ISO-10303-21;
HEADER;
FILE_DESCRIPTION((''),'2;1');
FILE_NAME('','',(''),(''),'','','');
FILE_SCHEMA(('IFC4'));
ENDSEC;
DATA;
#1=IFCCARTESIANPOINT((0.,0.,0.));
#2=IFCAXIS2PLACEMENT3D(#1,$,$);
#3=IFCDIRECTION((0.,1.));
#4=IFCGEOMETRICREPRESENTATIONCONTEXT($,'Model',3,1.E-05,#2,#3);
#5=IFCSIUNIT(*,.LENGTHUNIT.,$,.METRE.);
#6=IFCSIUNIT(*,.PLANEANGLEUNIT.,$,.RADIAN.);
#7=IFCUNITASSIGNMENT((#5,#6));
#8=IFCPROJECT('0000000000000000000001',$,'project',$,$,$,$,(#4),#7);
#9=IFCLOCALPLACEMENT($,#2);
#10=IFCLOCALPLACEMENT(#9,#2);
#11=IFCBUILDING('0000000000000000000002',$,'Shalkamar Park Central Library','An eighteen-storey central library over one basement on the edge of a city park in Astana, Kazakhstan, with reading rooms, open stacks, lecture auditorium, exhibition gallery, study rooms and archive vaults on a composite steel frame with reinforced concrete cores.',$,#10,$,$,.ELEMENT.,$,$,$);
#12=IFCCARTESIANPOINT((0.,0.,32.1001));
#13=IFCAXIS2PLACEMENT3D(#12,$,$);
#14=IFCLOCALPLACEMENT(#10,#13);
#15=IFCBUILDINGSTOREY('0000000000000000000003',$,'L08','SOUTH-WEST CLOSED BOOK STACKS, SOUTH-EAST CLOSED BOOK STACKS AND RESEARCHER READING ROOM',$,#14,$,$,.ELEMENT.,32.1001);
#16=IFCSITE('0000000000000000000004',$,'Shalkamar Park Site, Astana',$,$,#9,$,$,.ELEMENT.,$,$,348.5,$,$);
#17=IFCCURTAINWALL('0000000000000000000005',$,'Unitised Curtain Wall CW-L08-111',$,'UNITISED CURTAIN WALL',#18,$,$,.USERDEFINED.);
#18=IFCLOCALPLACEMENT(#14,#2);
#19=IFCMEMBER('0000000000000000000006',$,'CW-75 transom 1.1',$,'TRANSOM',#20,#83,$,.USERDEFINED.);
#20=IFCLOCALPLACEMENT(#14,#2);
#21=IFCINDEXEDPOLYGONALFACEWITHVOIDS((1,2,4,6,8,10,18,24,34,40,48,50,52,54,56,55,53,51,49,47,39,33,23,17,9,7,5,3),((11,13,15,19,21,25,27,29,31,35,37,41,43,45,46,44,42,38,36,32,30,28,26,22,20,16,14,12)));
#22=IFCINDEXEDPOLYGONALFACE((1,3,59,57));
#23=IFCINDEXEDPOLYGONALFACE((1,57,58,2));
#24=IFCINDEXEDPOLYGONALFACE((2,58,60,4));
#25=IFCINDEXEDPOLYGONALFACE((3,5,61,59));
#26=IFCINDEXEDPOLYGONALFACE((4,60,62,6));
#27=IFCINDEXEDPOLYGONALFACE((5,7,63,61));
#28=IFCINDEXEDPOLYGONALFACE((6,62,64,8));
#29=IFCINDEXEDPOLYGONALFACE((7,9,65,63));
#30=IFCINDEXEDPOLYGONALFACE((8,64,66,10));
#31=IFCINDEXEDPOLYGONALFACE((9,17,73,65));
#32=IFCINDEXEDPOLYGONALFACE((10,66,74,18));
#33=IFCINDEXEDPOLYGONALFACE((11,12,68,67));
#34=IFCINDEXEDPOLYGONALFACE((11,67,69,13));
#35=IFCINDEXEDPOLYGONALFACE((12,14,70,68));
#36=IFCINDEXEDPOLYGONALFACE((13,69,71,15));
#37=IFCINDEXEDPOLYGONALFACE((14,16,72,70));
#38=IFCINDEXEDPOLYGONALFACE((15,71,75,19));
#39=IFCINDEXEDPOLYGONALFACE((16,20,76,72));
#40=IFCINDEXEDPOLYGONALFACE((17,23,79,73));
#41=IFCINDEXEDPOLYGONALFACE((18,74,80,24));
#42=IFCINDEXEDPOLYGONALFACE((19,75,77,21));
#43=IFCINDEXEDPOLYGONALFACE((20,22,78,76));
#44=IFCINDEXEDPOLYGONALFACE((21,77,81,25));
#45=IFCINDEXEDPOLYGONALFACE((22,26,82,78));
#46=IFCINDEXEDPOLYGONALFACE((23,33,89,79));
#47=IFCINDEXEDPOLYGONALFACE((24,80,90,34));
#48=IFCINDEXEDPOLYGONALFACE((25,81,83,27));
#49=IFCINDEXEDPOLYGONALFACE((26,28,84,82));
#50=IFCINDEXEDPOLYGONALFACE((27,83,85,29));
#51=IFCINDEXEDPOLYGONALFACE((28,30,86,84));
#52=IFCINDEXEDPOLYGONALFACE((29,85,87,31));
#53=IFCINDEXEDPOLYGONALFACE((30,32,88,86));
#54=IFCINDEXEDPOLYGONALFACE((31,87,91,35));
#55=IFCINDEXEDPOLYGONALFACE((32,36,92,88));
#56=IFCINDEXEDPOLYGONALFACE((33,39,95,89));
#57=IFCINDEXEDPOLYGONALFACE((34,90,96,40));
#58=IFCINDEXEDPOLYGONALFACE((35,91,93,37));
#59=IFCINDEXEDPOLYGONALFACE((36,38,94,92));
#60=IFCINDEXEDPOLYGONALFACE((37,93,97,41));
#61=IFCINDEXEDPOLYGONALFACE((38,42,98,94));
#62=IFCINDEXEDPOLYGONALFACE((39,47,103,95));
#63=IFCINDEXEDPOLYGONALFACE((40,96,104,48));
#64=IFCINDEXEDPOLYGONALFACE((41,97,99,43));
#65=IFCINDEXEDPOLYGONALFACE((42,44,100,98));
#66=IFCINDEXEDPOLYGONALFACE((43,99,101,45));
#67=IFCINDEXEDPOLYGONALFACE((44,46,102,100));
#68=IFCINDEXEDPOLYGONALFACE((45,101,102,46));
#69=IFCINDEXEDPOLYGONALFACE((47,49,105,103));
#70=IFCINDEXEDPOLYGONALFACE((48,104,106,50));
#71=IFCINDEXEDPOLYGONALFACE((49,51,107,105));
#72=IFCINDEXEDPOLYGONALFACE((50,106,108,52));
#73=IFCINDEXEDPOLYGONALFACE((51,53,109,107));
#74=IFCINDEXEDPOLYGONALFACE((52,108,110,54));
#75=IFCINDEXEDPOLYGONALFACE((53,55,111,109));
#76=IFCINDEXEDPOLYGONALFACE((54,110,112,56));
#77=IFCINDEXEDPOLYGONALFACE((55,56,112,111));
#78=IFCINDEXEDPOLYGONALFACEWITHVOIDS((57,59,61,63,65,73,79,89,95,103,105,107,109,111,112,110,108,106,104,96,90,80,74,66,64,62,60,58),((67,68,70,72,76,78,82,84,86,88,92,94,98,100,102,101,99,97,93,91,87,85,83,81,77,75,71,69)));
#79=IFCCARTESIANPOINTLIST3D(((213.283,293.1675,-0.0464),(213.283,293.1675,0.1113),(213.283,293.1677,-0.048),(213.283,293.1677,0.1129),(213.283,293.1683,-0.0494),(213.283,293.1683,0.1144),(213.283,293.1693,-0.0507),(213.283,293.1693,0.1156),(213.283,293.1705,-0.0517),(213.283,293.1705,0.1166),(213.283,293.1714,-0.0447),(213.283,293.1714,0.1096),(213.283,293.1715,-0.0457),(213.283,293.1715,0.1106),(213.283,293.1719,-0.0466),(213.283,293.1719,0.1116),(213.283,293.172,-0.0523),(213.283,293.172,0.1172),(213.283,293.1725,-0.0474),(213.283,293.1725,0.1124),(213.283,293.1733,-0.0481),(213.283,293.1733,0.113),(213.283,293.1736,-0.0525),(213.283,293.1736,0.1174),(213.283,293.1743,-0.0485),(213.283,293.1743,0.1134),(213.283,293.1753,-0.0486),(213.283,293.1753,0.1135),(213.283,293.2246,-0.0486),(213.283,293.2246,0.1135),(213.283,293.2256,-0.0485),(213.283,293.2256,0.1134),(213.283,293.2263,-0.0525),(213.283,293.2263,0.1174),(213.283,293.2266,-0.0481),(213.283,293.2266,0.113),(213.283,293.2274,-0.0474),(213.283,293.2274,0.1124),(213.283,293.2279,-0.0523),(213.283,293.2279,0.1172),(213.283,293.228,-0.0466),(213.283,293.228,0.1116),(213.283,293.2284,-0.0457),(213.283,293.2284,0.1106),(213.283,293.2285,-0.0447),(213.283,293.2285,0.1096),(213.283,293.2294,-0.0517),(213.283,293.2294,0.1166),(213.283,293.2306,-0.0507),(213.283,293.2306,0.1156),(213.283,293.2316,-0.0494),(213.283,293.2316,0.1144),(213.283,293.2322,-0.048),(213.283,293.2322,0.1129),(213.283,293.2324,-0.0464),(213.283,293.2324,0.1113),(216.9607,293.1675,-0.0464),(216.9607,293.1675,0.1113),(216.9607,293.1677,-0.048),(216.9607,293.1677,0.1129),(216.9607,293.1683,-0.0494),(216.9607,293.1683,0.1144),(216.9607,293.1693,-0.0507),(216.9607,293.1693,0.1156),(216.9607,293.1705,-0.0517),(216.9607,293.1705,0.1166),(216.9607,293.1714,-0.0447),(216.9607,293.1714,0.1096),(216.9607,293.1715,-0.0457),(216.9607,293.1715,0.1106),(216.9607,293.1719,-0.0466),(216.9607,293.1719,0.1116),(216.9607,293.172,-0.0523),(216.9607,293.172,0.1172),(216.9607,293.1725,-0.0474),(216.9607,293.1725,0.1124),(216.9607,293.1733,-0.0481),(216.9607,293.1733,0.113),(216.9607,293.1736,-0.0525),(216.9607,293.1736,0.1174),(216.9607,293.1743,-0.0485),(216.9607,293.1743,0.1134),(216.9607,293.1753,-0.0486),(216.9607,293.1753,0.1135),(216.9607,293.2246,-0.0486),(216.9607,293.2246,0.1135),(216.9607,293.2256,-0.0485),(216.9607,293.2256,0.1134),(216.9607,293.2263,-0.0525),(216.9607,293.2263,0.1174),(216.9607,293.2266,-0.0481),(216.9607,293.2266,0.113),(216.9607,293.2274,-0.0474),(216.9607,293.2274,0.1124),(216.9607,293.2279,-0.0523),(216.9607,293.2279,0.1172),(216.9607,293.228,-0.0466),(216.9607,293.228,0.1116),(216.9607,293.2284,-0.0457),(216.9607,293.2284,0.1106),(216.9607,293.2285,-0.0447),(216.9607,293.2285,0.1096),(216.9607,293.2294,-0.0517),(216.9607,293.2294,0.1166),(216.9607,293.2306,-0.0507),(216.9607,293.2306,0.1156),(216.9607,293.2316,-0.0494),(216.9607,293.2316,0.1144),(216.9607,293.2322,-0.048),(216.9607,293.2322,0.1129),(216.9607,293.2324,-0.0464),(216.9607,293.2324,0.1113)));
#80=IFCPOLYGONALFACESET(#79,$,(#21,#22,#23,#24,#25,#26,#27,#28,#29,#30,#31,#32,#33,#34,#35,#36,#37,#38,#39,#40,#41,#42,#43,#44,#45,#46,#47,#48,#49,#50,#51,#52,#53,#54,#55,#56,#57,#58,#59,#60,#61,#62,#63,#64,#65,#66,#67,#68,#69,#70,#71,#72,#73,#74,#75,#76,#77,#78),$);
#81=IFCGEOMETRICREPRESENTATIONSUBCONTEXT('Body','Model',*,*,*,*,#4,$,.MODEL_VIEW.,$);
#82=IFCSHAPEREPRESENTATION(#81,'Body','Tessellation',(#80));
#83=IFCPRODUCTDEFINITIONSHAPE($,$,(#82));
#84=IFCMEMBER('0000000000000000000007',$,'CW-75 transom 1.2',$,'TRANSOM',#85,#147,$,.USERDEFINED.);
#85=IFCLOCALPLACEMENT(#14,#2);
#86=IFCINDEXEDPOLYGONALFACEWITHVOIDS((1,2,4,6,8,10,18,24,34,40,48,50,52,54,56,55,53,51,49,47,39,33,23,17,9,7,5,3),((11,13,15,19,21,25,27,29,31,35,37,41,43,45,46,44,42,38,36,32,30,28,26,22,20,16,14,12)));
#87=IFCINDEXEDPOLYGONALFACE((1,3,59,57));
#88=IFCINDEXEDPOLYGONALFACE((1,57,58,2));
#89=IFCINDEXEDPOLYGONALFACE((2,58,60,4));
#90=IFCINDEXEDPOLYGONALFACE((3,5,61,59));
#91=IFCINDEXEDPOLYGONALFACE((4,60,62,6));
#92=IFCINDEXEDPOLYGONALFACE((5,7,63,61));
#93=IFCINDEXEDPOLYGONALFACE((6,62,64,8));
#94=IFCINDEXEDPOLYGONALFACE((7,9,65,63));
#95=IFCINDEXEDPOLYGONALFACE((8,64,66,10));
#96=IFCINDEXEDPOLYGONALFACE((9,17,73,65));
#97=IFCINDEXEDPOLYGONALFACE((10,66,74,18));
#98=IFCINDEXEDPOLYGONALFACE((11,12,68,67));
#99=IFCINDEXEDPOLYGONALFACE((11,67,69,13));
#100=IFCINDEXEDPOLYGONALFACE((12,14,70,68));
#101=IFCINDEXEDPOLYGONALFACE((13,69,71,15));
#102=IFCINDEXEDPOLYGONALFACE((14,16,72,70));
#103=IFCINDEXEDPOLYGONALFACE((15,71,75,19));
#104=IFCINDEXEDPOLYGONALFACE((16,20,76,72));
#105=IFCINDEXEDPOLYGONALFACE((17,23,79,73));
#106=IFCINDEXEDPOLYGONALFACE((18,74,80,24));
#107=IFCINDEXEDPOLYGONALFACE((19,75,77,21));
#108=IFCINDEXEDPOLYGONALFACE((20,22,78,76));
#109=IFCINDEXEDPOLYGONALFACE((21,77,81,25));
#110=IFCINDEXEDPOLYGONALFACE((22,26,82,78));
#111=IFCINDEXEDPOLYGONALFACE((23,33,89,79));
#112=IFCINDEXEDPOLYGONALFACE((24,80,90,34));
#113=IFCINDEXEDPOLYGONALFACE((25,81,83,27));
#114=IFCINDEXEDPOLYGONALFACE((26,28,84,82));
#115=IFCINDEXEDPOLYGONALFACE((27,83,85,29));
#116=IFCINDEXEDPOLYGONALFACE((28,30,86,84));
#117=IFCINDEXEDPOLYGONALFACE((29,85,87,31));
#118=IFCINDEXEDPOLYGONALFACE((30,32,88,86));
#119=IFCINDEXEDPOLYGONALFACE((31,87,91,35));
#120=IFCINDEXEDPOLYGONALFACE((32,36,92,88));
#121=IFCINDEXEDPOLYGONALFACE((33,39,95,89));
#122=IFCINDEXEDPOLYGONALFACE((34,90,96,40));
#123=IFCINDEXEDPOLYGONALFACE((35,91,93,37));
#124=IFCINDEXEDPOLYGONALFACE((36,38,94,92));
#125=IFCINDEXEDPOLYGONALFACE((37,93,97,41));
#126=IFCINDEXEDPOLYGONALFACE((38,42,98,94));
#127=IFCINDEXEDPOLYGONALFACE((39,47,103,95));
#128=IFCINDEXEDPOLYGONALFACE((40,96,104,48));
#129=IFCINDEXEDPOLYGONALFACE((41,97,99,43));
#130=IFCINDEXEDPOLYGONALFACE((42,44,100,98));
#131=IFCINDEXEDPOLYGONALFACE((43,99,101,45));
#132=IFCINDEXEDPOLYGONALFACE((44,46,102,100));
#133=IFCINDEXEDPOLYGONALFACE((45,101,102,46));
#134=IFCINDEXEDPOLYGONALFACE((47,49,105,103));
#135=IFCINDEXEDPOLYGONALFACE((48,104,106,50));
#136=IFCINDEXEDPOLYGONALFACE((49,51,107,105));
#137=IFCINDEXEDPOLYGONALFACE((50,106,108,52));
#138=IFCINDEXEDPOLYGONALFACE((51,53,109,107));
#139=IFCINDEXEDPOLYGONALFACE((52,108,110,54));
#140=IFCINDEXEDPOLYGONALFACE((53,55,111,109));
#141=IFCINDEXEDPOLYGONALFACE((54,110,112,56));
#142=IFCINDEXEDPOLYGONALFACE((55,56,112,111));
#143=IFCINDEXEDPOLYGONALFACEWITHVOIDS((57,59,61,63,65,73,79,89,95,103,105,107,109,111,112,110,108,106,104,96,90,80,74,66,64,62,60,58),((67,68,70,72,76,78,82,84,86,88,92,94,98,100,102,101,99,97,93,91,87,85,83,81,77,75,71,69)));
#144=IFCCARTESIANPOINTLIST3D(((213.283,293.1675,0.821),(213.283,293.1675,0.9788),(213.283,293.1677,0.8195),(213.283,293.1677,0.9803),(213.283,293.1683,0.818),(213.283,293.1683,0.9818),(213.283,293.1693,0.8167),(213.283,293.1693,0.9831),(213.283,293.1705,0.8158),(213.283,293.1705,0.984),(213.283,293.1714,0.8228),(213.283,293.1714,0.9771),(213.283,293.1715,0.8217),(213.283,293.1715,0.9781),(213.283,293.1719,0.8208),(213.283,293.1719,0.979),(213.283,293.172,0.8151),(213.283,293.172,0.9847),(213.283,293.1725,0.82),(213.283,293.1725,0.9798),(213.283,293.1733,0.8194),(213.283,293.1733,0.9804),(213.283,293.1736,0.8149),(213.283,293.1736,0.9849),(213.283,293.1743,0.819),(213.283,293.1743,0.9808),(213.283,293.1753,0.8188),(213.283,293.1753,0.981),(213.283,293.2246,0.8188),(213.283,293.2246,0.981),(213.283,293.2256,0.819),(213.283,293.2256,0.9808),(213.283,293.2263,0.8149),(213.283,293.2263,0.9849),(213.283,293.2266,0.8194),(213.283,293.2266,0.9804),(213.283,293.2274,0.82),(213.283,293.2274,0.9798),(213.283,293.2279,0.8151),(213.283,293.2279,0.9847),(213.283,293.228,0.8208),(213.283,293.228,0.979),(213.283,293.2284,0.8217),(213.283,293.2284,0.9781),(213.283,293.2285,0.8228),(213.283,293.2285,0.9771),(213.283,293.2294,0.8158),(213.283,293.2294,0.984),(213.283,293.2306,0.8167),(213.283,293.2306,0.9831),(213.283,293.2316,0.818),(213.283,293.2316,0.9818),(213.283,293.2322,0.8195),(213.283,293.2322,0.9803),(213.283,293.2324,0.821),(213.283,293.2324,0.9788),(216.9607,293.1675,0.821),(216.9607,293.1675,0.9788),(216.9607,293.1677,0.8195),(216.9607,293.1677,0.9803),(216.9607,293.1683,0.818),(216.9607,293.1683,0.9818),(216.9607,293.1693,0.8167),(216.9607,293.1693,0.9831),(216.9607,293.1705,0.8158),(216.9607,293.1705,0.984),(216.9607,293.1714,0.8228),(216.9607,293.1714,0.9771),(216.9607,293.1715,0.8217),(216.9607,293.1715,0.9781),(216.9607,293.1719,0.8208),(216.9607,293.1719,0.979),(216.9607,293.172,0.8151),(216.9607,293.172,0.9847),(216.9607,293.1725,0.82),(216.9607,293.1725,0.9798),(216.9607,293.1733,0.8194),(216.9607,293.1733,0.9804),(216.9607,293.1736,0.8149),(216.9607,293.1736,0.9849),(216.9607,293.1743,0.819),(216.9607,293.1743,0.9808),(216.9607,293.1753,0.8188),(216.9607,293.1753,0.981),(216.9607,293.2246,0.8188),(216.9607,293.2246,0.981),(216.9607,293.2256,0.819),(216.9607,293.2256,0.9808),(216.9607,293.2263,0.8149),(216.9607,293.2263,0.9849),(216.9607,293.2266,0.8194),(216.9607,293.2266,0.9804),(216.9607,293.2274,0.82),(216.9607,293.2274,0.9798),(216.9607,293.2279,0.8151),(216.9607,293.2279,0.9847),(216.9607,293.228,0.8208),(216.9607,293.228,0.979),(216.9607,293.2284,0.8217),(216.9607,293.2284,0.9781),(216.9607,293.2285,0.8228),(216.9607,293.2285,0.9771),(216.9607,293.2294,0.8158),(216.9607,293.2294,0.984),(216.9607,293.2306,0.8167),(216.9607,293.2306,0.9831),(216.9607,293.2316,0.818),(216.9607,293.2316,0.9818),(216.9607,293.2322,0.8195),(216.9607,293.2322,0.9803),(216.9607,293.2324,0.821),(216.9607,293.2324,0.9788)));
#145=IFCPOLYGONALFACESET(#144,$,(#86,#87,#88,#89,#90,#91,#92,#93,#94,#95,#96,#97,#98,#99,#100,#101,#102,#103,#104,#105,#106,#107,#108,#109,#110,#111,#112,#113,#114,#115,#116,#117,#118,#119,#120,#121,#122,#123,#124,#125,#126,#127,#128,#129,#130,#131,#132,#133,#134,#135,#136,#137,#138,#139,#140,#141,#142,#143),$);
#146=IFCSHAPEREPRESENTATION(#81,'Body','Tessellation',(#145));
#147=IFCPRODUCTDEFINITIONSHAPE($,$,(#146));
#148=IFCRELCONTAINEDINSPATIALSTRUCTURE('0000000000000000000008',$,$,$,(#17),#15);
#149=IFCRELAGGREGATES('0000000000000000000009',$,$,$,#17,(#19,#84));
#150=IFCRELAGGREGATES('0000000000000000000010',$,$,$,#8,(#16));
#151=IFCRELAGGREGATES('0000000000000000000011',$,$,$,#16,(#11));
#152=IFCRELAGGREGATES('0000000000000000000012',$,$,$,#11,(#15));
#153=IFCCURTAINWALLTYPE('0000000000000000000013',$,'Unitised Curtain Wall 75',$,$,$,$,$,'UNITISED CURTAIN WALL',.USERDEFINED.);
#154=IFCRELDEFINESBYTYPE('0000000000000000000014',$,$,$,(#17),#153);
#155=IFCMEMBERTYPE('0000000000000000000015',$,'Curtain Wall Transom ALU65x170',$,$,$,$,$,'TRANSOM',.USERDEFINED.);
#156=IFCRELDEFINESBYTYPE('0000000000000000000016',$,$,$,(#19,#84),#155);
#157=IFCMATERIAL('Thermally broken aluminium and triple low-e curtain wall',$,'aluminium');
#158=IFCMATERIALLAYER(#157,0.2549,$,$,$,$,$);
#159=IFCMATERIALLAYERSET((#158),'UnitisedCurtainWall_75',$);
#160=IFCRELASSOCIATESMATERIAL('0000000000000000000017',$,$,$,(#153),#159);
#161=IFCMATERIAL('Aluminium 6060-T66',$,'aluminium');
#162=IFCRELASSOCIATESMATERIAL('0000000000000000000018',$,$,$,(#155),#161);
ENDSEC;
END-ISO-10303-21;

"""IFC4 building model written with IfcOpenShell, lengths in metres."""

from ifc_helpers import new_model, si_unit, direction, frame, origin, origin_2d, place, context, subcontext, project, spatial, hollow_rectangle, extrude, material, layer, layer_set, material_profile, profile_set, type_object, element, aggregate, save


model = new_model("IFC4")

# Units and contexts
model_context = context("Model", 3, precision=1e-05, world=origin(), true_north=direction((0.0, 1.0)))
body_context = subcontext(model_context, "Body", "Model", "MODEL_VIEW")
ifc_project = project(units=[si_unit("LENGTHUNIT", "METRE"), si_unit("PLANEANGLEUNIT", "RADIAN")], contexts=[model_context])

# Site, building, storey
site_placement = place(None, origin())
site = spatial("IfcSite", under=ifc_project, at=site_placement, Name="Shalkamar Park Site, Astana", CompositionType="ELEMENT", RefElevation=348.5)
building_placement = place(site_placement, origin())
building = spatial("IfcBuilding", under=site, at=building_placement, Name="Shalkamar Park Central Library", Description="An eighteen-storey central library over one basement on the edge of a city park in Astana, Kazakhstan, with reading rooms, open stacks, lecture auditorium, exhibition gallery, study rooms and archive vaults on a composite steel frame with reinforced concrete cores.", CompositionType="ELEMENT")
storey_placement = place(building_placement, frame((0.0, 0.0, 32.1001)))
storey = spatial("IfcBuildingStorey", under=building, at=storey_placement, Name="L08", Description="SOUTH-WEST CLOSED BOOK STACKS, SOUTH-EAST CLOSED BOOK STACKS AND RESEARCHER READING ROOM", CompositionType="ELEMENT", Elevation=32.1001)

# Shared definitions
ifc_material_1 = material(Name="Thermally broken aluminium and triple low-e curtain wall", Category="aluminium")
ifc_material_2 = material(Name="Aluminium 6060-T66", Category="aluminium")

# Curtain wall
ifc_layer_1 = layer(ifc_material_1, 0.2549)
ifc_layer_set_1 = layer_set([ifc_layer_1], Name="UnitisedCurtainWall_75")
curtain_wall_type_1 = type_object("IfcCurtainWallType", Name="Unitised Curtain Wall 75", ElementType="UNITISED CURTAIN WALL", PredefinedType="USERDEFINED", material=ifc_layer_set_1)
curtain_wall_1_placement = place(storey_placement, origin())
curtain_wall_1 = element("IfcCurtainWall", 1, at=curtain_wall_1_placement, inside=storey, type_object=curtain_wall_type_1, Name="Unitised Curtain Wall CW-L08-111", ObjectType="UNITISED CURTAIN WALL", PredefinedType="USERDEFINED")

# Members
ifc_material_profile_1 = material_profile(ifc_material_2, hollow_rectangle(XDim=0.0649, YDim=0.1699, WallThickness=0.0039, InnerFilletRadius=0.0039, OuterFilletRadius=0.0061, at=origin_2d()), Name="ALU 65x170x4")
ifc_profile_set_1 = profile_set([ifc_material_profile_1], Name="Aluminium 6060-T66")
member_type_1 = type_object("IfcMemberType", Name="Curtain Wall Transom ALU65x170", ElementType="TRANSOM", PredefinedType="USERDEFINED", material=ifc_profile_set_1)
member_1_placement = place(storey_placement, frame((213.283, 293.2, 0.0325), z_axis=(1.0, 0.0, 0.0), x_axis=(0.0, 1.0, 0.0)))
member_1 = element("IfcMember", 2, at=member_1_placement, type_object=member_type_1, Name="CW-75 transom 1.1", ObjectType="TRANSOM", PredefinedType="USERDEFINED", context=body_context, shape_type="SweptSolid", body=[
    extrude(hollow_rectangle(XDim=0.0649, YDim=0.1699, WallThickness=0.0039, InnerFilletRadius=0.0039, OuterFilletRadius=0.0061, at=origin_2d()), origin(), (0.0, 0.0, 1.0), 3.6777),
])
member_2_placement = place(storey_placement, frame((213.283, 293.2, 0.8999), z_axis=(1.0, 0.0, 0.0), x_axis=(0.0, 1.0, 0.0)))
member_2 = element("IfcMember", 3, at=member_2_placement, type_object=member_type_1, Name="CW-75 transom 1.2", ObjectType="TRANSOM", PredefinedType="USERDEFINED", context=body_context, shape_type="SweptSolid", body=[
    extrude(hollow_rectangle(XDim=0.0649, YDim=0.1699, WallThickness=0.0039, InnerFilletRadius=0.0039, OuterFilletRadius=0.0061, at=origin_2d()), origin(), (0.0, 0.0, 1.0), 3.6777),
])

aggregate(curtain_wall_1, [member_1, member_2])

save(model, "model.ifc")
